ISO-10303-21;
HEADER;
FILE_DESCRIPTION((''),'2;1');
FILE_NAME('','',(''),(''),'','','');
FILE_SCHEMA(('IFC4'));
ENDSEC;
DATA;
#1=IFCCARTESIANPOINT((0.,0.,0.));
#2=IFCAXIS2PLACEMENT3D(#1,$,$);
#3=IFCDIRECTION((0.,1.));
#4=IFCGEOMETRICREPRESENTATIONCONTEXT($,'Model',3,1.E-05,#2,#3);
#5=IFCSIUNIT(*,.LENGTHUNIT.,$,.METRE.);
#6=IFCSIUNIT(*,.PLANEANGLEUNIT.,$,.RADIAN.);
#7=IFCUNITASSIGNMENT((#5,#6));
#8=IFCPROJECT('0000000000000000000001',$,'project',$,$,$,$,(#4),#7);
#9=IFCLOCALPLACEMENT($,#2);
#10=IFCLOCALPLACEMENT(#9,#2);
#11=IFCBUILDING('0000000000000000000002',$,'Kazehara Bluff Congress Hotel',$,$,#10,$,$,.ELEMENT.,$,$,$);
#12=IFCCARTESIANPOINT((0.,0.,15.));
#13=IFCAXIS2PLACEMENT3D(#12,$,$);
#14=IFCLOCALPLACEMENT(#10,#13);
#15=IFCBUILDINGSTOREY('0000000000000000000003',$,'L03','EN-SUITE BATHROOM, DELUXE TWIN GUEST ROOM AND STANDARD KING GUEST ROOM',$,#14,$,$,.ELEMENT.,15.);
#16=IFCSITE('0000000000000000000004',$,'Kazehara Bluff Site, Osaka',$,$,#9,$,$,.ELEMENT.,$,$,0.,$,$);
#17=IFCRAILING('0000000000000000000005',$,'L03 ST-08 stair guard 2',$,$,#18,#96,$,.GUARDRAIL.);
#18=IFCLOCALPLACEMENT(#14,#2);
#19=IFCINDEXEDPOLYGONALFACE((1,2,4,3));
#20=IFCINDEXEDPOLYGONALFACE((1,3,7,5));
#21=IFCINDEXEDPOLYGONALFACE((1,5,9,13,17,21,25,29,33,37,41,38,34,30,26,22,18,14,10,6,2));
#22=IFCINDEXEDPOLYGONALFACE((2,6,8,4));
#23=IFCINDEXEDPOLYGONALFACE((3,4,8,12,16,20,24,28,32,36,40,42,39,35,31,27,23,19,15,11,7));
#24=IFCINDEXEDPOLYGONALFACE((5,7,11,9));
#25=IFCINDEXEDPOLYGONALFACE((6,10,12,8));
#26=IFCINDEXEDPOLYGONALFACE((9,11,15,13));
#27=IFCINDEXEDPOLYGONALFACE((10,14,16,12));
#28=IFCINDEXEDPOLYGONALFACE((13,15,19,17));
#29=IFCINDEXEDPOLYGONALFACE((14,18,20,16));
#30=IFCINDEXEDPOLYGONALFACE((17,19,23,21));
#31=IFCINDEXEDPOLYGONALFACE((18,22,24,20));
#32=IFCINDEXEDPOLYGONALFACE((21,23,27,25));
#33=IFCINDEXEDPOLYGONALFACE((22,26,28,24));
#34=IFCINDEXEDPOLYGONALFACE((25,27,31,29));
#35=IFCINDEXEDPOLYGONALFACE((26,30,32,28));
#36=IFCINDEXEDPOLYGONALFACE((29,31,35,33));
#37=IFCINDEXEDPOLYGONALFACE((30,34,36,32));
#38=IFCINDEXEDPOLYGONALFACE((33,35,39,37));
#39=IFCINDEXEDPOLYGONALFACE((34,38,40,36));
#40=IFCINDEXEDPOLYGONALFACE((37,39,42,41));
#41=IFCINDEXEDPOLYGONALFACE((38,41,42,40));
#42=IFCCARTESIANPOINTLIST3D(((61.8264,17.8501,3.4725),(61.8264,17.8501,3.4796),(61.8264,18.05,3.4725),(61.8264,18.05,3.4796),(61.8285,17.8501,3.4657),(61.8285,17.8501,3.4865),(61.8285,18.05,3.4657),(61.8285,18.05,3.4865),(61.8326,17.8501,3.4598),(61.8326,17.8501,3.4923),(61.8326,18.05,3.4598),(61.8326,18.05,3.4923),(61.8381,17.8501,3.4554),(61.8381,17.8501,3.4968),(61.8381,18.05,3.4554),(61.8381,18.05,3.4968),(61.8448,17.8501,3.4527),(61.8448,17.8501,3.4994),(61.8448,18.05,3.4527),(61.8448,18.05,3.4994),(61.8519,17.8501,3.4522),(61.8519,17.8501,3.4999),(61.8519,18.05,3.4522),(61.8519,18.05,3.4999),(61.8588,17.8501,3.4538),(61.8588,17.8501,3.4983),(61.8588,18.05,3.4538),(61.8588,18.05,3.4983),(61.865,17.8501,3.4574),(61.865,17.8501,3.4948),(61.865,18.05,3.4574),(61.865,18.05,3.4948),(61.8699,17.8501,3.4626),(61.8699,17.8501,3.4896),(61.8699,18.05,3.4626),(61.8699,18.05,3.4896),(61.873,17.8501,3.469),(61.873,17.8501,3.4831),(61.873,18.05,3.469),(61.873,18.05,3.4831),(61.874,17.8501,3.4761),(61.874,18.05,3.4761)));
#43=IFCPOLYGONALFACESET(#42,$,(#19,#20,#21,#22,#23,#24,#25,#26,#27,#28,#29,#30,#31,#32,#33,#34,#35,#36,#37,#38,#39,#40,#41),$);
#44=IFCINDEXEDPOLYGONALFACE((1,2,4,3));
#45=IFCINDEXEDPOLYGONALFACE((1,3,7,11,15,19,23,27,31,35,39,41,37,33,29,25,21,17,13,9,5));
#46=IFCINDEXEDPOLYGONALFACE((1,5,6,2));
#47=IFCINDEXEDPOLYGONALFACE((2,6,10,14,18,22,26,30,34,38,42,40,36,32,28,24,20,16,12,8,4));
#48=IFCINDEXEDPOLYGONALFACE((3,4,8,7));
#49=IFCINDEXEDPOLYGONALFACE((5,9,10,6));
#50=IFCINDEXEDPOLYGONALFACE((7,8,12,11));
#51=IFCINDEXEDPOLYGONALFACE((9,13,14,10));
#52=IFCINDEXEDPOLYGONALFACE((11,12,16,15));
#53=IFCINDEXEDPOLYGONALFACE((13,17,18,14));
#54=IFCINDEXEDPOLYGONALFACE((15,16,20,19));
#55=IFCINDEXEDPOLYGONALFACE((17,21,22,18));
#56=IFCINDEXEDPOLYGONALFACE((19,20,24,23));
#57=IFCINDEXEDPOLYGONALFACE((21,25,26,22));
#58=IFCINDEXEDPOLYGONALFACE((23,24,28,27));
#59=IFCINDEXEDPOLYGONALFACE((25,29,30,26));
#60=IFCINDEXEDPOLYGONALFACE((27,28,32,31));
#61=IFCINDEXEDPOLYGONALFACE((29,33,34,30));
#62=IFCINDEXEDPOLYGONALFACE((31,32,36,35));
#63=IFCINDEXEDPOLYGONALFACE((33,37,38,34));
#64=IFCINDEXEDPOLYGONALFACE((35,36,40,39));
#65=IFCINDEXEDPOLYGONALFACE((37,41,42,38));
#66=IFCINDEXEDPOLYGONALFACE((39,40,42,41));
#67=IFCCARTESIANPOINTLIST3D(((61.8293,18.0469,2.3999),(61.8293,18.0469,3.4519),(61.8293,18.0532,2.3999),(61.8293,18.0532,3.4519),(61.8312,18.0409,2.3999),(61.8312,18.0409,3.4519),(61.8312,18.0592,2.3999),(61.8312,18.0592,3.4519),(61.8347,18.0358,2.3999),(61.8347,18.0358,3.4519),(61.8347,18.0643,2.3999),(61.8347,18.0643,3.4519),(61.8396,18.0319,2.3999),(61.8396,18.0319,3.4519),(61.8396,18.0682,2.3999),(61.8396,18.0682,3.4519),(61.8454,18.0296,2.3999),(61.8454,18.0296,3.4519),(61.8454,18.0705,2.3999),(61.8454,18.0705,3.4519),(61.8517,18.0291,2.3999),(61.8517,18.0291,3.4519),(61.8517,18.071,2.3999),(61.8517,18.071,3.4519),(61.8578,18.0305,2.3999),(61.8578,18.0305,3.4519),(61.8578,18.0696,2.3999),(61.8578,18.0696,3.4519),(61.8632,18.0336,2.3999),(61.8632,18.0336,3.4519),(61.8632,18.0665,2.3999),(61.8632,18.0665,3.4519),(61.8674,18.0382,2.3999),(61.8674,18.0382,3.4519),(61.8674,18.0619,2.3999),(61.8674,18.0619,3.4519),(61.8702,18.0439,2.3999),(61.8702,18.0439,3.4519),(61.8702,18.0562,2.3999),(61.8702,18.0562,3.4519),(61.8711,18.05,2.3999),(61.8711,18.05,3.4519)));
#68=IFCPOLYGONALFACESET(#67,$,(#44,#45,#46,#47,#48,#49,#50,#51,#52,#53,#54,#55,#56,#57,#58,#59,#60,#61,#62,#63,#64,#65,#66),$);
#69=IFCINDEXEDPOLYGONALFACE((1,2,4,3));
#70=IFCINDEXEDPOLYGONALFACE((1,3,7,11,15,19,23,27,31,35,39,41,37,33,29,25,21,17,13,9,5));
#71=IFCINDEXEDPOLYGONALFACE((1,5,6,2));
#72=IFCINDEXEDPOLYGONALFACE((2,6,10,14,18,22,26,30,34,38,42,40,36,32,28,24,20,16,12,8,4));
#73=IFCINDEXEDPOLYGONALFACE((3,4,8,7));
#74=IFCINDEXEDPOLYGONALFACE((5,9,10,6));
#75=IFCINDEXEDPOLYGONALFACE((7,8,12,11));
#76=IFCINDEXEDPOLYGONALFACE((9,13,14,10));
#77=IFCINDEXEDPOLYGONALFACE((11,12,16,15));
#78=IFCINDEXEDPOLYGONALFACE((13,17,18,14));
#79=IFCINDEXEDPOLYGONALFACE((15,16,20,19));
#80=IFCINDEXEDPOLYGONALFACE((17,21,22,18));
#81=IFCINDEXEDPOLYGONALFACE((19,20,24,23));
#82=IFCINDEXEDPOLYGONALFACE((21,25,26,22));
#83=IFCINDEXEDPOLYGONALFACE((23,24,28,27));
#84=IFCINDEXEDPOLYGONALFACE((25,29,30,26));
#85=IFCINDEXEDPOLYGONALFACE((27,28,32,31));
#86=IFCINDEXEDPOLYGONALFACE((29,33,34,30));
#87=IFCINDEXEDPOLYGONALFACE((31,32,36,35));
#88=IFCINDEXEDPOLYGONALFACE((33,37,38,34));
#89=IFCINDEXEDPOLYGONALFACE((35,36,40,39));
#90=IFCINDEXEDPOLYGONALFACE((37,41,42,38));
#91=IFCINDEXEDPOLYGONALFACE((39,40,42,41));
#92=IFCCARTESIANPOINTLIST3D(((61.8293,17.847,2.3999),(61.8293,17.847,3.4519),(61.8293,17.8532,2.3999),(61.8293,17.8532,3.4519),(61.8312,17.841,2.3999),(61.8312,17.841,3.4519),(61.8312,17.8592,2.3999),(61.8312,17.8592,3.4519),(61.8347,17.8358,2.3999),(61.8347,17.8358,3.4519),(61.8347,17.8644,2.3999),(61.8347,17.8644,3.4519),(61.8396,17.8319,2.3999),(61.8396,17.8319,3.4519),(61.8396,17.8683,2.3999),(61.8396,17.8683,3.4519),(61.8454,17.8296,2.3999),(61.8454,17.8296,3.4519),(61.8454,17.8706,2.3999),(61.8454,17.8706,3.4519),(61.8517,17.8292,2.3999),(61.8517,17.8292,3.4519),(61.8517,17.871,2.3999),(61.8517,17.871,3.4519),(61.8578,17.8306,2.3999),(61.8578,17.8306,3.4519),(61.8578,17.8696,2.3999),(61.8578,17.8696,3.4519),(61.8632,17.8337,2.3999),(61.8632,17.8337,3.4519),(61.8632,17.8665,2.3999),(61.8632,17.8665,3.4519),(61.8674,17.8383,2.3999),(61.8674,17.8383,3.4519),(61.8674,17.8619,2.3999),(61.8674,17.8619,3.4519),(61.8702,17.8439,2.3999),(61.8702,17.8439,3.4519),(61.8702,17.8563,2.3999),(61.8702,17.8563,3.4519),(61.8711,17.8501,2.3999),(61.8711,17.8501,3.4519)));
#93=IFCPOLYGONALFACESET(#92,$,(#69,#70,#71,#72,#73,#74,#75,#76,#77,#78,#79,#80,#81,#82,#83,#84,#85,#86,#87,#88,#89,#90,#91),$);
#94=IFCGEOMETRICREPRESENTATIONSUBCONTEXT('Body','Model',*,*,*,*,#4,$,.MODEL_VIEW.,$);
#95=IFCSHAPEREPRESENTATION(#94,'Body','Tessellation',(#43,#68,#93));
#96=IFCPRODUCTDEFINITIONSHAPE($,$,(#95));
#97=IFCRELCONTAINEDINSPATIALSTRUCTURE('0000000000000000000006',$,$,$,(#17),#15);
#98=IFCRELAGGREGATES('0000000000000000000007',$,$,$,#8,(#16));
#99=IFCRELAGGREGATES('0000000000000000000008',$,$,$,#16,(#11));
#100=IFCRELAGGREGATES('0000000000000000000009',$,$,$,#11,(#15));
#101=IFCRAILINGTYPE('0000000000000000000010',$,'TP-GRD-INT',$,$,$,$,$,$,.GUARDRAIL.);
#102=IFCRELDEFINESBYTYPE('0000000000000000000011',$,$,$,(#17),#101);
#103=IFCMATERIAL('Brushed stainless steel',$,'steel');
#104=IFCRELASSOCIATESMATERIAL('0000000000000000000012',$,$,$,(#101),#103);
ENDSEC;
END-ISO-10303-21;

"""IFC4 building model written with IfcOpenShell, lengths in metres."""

from ifc_helpers import new_model, si_unit, direction, frame, origin, origin_2d, place, context, subcontext, project, spatial, circle, extrude, material, type_object, element, save


model = new_model("IFC4")

# Units and contexts
model_context = context("Model", 3, precision=1e-05, world=origin(), true_north=direction((0.0, 1.0)))
body_context = subcontext(model_context, "Body", "Model", "MODEL_VIEW")
ifc_project = project(units=[si_unit("LENGTHUNIT", "METRE"), si_unit("PLANEANGLEUNIT", "RADIAN")], contexts=[model_context])

# Site, building, storey
site_placement = place(None, origin())
site = spatial("IfcSite", under=ifc_project, at=site_placement, Name="Kazehara Bluff Site, Osaka", CompositionType="ELEMENT", RefElevation=0.0)
building_placement = place(site_placement, origin())
building = spatial("IfcBuilding", under=site, at=building_placement, Name="Kazehara Bluff Congress Hotel", CompositionType="ELEMENT")
storey_placement = place(building_placement, frame((0.0, 0.0, 15.0)))
storey = spatial("IfcBuildingStorey", under=building, at=storey_placement, Name="L03", Description="EN-SUITE BATHROOM, DELUXE TWIN GUEST ROOM AND STANDARD KING GUEST ROOM", CompositionType="ELEMENT", Elevation=15.0)

# Railing
ifc_material_1 = material(Name="Brushed stainless steel", Category="steel")
railing_type_1 = type_object("IfcRailingType", Name="TP-GRD-INT", PredefinedType="GUARDRAIL", material=ifc_material_1)
railing_1_placement = place(storey_placement, frame((61.8501, 18.05, 2.3999)))
element("IfcRailing", 1, at=railing_1_placement, inside=storey, type_object=railing_type_1, Name="L03 ST-08 stair guard 2", PredefinedType="GUARDRAIL", context=body_context, shape_type="SweptSolid", body=[
    extrude(circle(Radius=0.0239, at=origin_2d()), frame((0.0, 0.0, 1.0762), z_axis=(0.0, -1.0, 0.0), x_axis=(1.0, 0.0, 0.0)), (0.0, 0.0, 1.0), 0.2),
    extrude(circle(Radius=0.021, at=origin_2d()), origin(), (0.0, 0.0, 1.0), 1.052),
    extrude(circle(Radius=0.021, at=origin_2d()), frame((0.0, -0.2, 0.0)), (0.0, 0.0, 1.0), 1.052),
])

save(model, "model.ifc")
